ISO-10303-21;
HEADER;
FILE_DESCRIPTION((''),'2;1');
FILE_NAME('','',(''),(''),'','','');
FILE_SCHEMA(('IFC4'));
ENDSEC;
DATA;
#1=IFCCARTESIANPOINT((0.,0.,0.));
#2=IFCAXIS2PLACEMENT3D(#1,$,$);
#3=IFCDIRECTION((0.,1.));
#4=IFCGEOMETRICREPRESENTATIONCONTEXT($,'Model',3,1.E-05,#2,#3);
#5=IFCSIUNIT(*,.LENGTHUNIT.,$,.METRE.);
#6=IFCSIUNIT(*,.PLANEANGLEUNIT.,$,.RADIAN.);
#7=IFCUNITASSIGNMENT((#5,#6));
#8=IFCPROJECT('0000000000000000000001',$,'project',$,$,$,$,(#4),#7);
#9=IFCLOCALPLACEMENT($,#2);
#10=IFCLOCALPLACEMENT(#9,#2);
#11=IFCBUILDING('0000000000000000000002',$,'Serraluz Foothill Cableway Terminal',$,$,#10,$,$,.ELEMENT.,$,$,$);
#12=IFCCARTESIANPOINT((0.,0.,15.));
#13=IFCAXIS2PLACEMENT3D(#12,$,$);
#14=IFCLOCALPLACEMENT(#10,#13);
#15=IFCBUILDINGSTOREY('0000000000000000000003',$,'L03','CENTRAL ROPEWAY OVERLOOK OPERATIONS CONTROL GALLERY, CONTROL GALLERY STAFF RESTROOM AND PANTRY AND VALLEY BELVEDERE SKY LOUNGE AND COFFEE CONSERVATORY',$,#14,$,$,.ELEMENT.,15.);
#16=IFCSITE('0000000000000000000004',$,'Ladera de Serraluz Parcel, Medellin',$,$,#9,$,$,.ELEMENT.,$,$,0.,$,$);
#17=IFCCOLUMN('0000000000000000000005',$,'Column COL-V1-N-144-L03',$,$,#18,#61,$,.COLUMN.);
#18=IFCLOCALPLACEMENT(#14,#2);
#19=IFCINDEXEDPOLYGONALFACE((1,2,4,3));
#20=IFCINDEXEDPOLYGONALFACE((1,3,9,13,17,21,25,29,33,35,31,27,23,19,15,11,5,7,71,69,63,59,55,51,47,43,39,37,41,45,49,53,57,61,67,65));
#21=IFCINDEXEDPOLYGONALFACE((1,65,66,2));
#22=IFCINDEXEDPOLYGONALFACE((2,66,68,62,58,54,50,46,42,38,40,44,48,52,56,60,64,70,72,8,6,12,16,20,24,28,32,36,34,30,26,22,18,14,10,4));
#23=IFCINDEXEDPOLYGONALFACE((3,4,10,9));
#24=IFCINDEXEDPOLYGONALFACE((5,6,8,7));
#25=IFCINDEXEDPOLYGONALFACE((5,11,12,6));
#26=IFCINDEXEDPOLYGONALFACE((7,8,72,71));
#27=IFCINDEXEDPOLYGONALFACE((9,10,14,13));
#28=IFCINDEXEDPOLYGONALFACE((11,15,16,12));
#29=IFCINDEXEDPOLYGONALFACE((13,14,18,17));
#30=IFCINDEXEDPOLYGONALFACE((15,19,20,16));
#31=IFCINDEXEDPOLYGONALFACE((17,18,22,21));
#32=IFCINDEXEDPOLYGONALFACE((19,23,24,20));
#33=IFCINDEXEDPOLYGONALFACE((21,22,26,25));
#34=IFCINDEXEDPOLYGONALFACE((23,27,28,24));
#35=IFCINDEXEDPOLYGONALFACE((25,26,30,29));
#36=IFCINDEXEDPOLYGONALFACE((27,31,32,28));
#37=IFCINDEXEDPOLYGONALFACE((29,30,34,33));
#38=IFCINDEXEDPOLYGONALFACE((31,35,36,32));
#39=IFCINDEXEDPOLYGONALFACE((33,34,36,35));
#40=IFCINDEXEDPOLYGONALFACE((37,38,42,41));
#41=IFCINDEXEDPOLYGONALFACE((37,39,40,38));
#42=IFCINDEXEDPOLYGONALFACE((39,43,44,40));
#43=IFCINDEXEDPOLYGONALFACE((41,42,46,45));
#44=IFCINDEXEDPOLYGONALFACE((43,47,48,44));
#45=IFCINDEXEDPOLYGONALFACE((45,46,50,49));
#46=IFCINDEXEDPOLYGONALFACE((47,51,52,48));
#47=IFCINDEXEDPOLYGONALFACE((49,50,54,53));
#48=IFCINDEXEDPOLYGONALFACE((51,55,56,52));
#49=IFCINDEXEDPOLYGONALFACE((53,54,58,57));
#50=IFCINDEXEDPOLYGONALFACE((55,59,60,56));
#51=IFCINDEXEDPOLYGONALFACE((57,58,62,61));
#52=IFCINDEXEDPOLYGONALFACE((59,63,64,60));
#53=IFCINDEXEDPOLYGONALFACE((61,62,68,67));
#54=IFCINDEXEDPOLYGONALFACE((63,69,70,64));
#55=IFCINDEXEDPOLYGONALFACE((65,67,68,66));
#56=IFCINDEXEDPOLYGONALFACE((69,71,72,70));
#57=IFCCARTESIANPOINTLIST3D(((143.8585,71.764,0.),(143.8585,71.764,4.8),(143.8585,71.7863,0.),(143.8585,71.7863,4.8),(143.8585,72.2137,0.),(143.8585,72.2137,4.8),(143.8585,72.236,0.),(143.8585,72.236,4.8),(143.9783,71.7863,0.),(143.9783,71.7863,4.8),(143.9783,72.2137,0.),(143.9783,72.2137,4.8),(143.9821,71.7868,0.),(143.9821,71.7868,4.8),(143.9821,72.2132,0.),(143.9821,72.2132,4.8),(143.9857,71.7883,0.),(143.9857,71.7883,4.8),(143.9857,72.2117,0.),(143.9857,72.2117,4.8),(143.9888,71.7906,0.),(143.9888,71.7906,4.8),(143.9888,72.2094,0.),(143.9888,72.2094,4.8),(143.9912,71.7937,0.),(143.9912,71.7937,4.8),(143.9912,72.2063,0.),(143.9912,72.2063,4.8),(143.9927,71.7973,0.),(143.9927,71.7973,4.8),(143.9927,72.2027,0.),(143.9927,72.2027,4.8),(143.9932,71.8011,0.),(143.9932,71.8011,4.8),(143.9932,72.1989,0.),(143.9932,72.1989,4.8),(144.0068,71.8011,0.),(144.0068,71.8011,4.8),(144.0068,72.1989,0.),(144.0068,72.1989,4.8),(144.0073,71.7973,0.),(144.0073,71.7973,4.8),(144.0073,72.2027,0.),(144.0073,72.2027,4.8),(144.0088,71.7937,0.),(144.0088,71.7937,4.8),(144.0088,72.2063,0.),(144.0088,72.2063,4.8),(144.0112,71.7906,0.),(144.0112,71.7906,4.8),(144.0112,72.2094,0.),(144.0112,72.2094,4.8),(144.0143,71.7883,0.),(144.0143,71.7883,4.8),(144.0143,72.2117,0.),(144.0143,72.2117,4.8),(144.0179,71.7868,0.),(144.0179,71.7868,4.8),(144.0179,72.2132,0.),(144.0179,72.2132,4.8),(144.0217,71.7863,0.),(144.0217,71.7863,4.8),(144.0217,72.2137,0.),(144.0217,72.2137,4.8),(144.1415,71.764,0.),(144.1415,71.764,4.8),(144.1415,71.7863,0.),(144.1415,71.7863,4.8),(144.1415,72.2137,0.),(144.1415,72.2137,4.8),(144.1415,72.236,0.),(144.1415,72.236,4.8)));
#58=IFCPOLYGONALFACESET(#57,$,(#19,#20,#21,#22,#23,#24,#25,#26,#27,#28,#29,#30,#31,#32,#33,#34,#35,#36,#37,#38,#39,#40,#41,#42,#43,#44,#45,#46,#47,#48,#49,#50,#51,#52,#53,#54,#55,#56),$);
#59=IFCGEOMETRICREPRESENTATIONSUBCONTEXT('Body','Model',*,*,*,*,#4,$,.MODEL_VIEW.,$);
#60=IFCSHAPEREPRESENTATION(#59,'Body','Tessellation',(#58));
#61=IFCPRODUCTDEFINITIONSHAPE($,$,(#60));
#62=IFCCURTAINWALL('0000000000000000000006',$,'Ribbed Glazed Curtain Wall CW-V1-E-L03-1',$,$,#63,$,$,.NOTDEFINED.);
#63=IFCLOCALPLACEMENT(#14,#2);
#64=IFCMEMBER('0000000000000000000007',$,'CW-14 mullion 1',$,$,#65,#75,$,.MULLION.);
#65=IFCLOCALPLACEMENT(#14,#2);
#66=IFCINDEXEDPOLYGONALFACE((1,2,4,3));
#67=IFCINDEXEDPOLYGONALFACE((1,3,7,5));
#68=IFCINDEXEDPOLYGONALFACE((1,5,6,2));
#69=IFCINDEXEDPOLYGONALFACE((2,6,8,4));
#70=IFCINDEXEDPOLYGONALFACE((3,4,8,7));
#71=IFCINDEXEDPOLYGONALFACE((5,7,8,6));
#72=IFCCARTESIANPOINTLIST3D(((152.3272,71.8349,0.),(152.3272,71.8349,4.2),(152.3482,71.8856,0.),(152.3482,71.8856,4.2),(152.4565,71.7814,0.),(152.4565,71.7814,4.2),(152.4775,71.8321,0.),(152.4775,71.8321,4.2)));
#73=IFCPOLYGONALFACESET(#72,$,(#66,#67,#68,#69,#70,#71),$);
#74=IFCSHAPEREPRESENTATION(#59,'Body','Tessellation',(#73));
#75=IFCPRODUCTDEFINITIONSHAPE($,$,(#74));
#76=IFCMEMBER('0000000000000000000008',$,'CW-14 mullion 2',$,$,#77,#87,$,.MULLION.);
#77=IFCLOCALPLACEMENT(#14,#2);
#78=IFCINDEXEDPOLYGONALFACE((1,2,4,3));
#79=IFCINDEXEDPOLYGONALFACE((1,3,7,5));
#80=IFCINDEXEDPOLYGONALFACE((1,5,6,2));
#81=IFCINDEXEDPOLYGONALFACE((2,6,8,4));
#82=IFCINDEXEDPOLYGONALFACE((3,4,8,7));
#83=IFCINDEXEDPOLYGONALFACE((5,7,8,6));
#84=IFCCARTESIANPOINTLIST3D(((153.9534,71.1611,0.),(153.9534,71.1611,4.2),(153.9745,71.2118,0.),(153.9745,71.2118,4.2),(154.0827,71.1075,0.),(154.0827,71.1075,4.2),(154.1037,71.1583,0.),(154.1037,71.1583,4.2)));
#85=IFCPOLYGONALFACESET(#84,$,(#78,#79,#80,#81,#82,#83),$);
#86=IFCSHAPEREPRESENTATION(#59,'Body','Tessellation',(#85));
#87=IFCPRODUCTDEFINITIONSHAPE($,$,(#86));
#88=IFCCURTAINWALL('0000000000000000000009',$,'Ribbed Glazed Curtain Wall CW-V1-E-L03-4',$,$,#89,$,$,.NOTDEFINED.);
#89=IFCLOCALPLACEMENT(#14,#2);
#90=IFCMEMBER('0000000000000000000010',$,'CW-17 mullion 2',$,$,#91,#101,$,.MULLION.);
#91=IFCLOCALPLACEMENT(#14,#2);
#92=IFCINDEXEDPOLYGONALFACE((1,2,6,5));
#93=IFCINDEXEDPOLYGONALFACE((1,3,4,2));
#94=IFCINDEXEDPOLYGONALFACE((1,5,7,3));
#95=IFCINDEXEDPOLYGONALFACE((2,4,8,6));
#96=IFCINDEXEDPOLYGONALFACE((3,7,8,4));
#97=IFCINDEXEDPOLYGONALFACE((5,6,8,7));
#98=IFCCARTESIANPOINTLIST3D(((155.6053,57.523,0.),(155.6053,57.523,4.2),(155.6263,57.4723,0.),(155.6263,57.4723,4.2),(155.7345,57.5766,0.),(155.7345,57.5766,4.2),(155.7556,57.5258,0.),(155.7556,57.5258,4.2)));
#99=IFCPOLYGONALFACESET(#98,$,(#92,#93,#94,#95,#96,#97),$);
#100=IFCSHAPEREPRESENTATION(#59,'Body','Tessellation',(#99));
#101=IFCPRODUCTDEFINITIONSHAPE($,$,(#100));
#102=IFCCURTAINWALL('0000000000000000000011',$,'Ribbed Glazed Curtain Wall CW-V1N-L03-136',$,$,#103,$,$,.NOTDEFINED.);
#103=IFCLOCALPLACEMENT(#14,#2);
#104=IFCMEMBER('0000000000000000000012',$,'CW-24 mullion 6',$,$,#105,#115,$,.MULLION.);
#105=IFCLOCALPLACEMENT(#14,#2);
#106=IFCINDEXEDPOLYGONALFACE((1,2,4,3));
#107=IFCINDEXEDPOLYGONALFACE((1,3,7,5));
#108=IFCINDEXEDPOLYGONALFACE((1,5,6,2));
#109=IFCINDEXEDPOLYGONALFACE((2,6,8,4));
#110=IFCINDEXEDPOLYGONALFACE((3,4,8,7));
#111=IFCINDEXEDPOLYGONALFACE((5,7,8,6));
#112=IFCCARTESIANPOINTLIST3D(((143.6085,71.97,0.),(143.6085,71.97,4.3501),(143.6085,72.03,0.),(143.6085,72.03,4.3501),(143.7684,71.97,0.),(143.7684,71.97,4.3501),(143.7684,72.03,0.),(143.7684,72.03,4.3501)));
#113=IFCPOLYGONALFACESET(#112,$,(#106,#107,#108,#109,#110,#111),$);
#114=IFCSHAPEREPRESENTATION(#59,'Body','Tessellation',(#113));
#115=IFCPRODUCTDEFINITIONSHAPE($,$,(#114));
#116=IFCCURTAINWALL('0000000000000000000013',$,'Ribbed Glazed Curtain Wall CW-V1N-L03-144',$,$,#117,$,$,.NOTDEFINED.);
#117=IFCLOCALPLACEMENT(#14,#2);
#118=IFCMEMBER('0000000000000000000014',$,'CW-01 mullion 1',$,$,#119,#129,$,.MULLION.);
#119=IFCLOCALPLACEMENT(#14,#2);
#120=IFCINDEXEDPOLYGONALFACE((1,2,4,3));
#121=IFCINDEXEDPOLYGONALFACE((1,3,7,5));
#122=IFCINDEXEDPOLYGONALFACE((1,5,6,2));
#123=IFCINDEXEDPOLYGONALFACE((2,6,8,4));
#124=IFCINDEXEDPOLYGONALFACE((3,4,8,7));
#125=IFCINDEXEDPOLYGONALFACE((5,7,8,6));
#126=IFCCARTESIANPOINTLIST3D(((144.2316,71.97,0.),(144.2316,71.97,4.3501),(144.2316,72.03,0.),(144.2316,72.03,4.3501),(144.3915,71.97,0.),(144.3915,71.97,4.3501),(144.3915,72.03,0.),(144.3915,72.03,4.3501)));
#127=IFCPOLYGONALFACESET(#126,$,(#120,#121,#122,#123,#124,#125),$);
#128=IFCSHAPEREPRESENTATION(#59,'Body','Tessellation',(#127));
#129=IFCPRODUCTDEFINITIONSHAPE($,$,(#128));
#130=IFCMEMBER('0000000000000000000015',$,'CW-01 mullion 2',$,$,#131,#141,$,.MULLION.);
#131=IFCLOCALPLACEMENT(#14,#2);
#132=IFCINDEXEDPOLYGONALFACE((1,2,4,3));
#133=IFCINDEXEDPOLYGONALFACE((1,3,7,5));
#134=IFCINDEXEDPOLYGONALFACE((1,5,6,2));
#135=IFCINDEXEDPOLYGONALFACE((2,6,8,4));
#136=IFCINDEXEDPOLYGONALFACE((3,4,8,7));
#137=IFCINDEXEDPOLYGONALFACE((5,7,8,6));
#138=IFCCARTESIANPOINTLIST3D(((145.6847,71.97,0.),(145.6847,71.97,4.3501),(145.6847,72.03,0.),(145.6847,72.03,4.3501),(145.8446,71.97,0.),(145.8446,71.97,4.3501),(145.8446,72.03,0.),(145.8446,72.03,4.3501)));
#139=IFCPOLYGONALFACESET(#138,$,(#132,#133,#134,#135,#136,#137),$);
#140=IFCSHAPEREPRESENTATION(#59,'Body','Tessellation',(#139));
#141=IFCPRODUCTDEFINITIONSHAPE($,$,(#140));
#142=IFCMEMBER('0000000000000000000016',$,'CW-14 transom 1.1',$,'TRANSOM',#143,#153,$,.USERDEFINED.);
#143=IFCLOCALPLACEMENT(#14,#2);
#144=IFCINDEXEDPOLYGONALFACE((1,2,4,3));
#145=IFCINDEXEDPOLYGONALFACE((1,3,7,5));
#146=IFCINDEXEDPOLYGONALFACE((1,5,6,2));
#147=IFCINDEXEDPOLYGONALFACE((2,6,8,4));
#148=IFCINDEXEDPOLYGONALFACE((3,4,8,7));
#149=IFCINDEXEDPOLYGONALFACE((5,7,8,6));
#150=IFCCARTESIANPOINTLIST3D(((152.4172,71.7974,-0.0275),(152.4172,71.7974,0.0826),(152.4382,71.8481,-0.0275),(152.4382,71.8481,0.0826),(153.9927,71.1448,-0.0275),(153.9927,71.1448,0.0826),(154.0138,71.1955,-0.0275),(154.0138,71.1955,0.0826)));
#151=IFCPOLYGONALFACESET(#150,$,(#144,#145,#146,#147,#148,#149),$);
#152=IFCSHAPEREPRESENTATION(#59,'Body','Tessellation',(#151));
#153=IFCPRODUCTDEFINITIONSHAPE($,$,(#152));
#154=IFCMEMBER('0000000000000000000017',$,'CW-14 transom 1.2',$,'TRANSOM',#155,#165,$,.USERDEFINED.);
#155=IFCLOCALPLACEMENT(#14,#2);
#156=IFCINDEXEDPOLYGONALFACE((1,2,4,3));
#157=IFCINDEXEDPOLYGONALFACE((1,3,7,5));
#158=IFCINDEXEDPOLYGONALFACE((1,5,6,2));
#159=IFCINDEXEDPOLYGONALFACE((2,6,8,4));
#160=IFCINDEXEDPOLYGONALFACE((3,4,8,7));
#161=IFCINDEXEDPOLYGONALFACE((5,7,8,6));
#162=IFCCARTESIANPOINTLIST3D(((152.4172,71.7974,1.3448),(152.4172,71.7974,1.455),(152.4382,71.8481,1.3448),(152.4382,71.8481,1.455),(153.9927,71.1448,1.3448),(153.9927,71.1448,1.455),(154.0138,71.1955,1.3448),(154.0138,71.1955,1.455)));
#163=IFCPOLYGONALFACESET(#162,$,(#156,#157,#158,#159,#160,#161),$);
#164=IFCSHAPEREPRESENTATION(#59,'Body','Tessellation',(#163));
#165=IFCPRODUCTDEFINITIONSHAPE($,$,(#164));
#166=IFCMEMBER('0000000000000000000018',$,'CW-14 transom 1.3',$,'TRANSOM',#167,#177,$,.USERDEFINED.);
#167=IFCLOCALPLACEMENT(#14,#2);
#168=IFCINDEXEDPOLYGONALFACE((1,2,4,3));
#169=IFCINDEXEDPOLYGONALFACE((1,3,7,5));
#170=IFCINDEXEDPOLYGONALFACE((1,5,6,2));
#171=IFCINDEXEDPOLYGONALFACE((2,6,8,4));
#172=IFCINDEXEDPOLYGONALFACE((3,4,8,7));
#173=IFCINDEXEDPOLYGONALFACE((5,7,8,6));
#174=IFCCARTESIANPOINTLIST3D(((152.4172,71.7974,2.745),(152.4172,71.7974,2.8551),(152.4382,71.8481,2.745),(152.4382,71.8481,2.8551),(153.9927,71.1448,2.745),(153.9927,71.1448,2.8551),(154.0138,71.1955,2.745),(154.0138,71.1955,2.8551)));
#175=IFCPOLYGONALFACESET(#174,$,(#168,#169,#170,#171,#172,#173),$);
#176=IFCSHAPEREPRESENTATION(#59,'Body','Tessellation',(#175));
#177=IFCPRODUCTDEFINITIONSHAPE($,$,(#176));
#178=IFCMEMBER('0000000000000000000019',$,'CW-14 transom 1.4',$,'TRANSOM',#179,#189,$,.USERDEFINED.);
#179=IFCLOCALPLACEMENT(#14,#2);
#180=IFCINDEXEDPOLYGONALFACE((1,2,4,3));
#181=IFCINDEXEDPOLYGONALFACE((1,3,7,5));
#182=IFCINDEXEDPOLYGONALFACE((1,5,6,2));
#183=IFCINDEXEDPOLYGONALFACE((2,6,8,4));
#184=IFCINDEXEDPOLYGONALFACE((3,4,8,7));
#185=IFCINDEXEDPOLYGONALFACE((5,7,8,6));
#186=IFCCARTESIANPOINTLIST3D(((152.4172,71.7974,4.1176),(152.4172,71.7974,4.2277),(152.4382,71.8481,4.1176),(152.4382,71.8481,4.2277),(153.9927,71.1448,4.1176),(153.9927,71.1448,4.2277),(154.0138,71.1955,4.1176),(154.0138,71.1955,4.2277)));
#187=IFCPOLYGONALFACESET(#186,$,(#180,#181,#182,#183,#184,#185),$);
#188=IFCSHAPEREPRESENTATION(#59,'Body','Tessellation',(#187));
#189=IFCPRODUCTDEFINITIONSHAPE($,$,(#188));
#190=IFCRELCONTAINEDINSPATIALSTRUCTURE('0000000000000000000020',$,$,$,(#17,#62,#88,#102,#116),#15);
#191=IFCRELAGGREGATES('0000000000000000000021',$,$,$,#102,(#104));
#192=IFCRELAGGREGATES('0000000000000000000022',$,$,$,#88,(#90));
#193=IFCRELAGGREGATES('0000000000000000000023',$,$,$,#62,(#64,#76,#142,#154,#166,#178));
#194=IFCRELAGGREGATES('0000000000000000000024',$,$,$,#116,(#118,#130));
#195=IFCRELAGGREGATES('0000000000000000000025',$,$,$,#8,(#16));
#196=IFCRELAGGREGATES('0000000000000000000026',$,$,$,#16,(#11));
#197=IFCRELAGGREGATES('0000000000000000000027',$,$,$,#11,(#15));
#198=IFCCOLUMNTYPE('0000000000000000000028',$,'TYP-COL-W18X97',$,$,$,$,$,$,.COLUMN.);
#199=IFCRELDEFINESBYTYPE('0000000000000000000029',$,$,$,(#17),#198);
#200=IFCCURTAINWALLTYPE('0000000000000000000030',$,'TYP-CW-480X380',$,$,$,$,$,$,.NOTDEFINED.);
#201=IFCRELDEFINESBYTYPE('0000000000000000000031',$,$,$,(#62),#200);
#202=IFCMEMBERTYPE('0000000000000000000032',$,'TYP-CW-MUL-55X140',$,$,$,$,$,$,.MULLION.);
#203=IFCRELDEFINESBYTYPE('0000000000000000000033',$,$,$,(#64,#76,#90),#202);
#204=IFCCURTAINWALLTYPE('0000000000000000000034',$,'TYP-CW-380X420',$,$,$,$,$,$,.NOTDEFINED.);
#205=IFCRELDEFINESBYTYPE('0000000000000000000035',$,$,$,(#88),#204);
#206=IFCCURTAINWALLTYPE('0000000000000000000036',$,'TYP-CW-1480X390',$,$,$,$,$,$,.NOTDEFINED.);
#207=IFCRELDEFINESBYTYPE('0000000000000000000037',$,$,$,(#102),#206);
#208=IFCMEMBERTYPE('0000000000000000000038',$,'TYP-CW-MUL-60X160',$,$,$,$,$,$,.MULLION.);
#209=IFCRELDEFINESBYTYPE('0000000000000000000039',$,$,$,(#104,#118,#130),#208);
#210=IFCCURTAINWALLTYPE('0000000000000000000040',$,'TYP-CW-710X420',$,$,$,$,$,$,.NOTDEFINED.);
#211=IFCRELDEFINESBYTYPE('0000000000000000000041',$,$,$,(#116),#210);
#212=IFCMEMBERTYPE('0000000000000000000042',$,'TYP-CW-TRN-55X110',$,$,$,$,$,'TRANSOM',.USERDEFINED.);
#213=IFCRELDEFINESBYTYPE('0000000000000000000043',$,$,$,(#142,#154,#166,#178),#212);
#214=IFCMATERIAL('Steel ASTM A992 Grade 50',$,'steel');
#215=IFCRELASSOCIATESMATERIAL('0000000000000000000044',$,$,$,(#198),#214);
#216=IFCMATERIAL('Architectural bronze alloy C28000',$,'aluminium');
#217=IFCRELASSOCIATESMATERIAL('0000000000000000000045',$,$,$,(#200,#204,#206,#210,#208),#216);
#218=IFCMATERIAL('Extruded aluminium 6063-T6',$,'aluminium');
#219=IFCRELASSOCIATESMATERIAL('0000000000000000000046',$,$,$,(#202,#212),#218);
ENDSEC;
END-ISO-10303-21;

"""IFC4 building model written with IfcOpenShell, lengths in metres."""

from ifc_helpers import new_model, si_unit, direction, frame, origin, origin_2d, place, context, subcontext, project, spatial, rectangle, i_section, extrude, material, material_profile, profile_set, type_object, element, aggregate, save


model = new_model("IFC4")

# Units and contexts
model_context = context("Model", 3, precision=1e-05, world=origin(), true_north=direction((0.0, 1.0)))
body_context = subcontext(model_context, "Body", "Model", "MODEL_VIEW")
ifc_project = project(units=[si_unit("LENGTHUNIT", "METRE"), si_unit("PLANEANGLEUNIT", "RADIAN")], contexts=[model_context])

# Site, building, storey
site_placement = place(None, origin())
site = spatial("IfcSite", under=ifc_project, at=site_placement, Name="Ladera de Serraluz Parcel, Medellin", CompositionType="ELEMENT", RefElevation=0.0)
building_placement = place(site_placement, origin())
building = spatial("IfcBuilding", under=site, at=building_placement, Name="Serraluz Foothill Cableway Terminal", CompositionType="ELEMENT")
storey_placement = place(building_placement, frame((0.0, 0.0, 15.0)))
storey = spatial("IfcBuildingStorey", under=building, at=storey_placement, Name="L03", Description="CENTRAL ROPEWAY OVERLOOK OPERATIONS CONTROL GALLERY, CONTROL GALLERY STAFF RESTROOM AND PANTRY AND VALLEY BELVEDERE SKY LOUNGE AND COFFEE CONSERVATORY", CompositionType="ELEMENT", Elevation=15.0)

# Column
ifc_material_1 = material(Name="Steel ASTM A992 Grade 50", Category="steel")
ifc_material_profile_1 = material_profile(ifc_material_1, i_section(OverallWidth=0.283, OverallDepth=0.4719, WebThickness=0.0137, FlangeThickness=0.0222, FilletRadius=0.0149, at=origin_2d()), Name="W18X97")
ifc_profile_set_1 = profile_set([ifc_material_profile_1], Name="Steel ASTM A992 Grade 50")
column_type = type_object("IfcColumnType", Name="TYP-COL-W18X97", PredefinedType="COLUMN", material=ifc_profile_set_1)
column_placement = place(storey_placement, frame((144.0, 72.0, 0.0), z_axis=(0.0, 0.0, 1.0), x_axis=(1.0, 0.0, 0.0)))
element("IfcColumn", 1, at=column_placement, inside=storey, type_object=column_type, Name="Column COL-V1-N-144-L03", PredefinedType="COLUMN", context=body_context, shape_type="SweptSolid", body=[
    extrude(i_section(OverallWidth=0.283, OverallDepth=0.4719, WebThickness=0.0137, FlangeThickness=0.0222, FilletRadius=0.0149, at=origin_2d()), origin(), (0.0, 0.0, 1.0), 4.8),
])

# Curtain wall, members
ifc_material_2 = material(Name="Architectural bronze alloy C28000", Category="aluminium")
curtain_wall_type_1 = type_object("IfcCurtainWallType", Name="TYP-CW-480X380", PredefinedType="NOTDEFINED", material=ifc_material_2)
curtain_wall_1_placement = place(storey_placement, origin())
curtain_wall_1 = element("IfcCurtainWall", 2, at=curtain_wall_1_placement, inside=storey, type_object=curtain_wall_type_1, Name="Ribbed Glazed Curtain Wall CW-V1-E-L03-1", PredefinedType="NOTDEFINED")
ifc_material_3 = material(Name="Extruded aluminium 6063-T6", Category="aluminium")
ifc_material_profile_2 = material_profile(ifc_material_3, rectangle(XDim=0.0549, YDim=0.1399, at=origin_2d()), Name="ALU MULLION 55x140")
ifc_profile_set_2 = profile_set([ifc_material_profile_2], Name="Extruded aluminium 6063-T6")
member_type_1 = type_object("IfcMemberType", Name="TYP-CW-MUL-55X140", PredefinedType="MULLION", material=ifc_profile_set_2)
member_1_placement = place(storey_placement, frame((152.4023, 71.8335, 0.0), z_axis=(0.0, 0.0, 1.0), x_axis=(0.382682, 0.92388, 0.0)))
member_1 = element("IfcMember", 3, at=member_1_placement, type_object=member_type_1, Name="CW-14 mullion 1", PredefinedType="MULLION", context=body_context, shape_type="SweptSolid", body=[
    extrude(rectangle(XDim=0.0549, YDim=0.1399, at=origin_2d()), origin(), (0.0, 0.0, 1.0), 4.2),
])
member_2_placement = place(storey_placement, frame((154.0286, 71.1597, 0.0), z_axis=(0.0, 0.0, 1.0), x_axis=(0.382682, 0.92388, 0.0)))
member_2 = element("IfcMember", 4, at=member_2_placement, type_object=member_type_1, Name="CW-14 mullion 2", PredefinedType="MULLION", context=body_context, shape_type="SweptSolid", body=[
    extrude(rectangle(XDim=0.0549, YDim=0.1399, at=origin_2d()), origin(), (0.0, 0.0, 1.0), 4.2),
])

# Curtain walls, members
curtain_wall_type_2 = type_object("IfcCurtainWallType", Name="TYP-CW-380X420", PredefinedType="NOTDEFINED", material=ifc_material_2)
curtain_wall_2_placement = place(storey_placement, origin())
curtain_wall_2 = element("IfcCurtainWall", 5, at=curtain_wall_2_placement, inside=storey, type_object=curtain_wall_type_2, Name="Ribbed Glazed Curtain Wall CW-V1-E-L03-4", PredefinedType="NOTDEFINED")
member_3_placement = place(storey_placement, frame((155.6804, 57.5244, 0.0), z_axis=(0.0, 0.0, 1.0), x_axis=(0.382682, -0.92388, 0.0)))
member_3 = element("IfcMember", 6, at=member_3_placement, type_object=member_type_1, Name="CW-17 mullion 2", PredefinedType="MULLION", context=body_context, shape_type="SweptSolid", body=[
    extrude(rectangle(XDim=0.0549, YDim=0.1399, at=origin_2d()), origin(), (0.0, 0.0, 1.0), 4.2),
])
curtain_wall_type_3 = type_object("IfcCurtainWallType", Name="TYP-CW-1480X390", PredefinedType="NOTDEFINED", material=ifc_material_2)
curtain_wall_3_placement = place(storey_placement, origin())
curtain_wall_3 = element("IfcCurtainWall", 7, at=curtain_wall_3_placement, inside=storey, type_object=curtain_wall_type_3, Name="Ribbed Glazed Curtain Wall CW-V1N-L03-136", PredefinedType="NOTDEFINED")
ifc_material_profile_3 = material_profile(ifc_material_2, rectangle(XDim=0.0601, YDim=0.1599, at=origin_2d()), Name="ALU MULLION 60x160")
ifc_profile_set_3 = profile_set([ifc_material_profile_3], Name="Architectural bronze alloy C28000")
member_type_2 = type_object("IfcMemberType", Name="TYP-CW-MUL-60X160", PredefinedType="MULLION", material=ifc_profile_set_3)
member_4_placement = place(storey_placement, frame((143.6885, 72.0, 0.0), z_axis=(0.0, 0.0, 1.0), x_axis=(0.0, 1.0, 0.0)))
member_4 = element("IfcMember", 8, at=member_4_placement, type_object=member_type_2, Name="CW-24 mullion 6", PredefinedType="MULLION", context=body_context, shape_type="SweptSolid", body=[
    extrude(rectangle(XDim=0.0601, YDim=0.1599, at=origin_2d()), origin(), (0.0, 0.0, 1.0), 4.3501),
])
aggregate(curtain_wall_3, [member_4])

# Curtain wall, members
curtain_wall_type_4 = type_object("IfcCurtainWallType", Name="TYP-CW-710X420", PredefinedType="NOTDEFINED", material=ifc_material_2)
curtain_wall_4_placement = place(storey_placement, origin())
curtain_wall_4 = element("IfcCurtainWall", 9, at=curtain_wall_4_placement, inside=storey, type_object=curtain_wall_type_4, Name="Ribbed Glazed Curtain Wall CW-V1N-L03-144", PredefinedType="NOTDEFINED")
member_5_placement = place(storey_placement, frame((144.3115, 72.0, 0.0), z_axis=(0.0, 0.0, 1.0), x_axis=(0.0, 1.0, 0.0)))
member_5 = element("IfcMember", 10, at=member_5_placement, type_object=member_type_2, Name="CW-01 mullion 1", PredefinedType="MULLION", context=body_context, shape_type="SweptSolid", body=[
    extrude(rectangle(XDim=0.0601, YDim=0.1599, at=origin_2d()), origin(), (0.0, 0.0, 1.0), 4.3501),
])
member_6_placement = place(storey_placement, frame((145.7646, 72.0, 0.0), z_axis=(0.0, 0.0, 1.0), x_axis=(0.0, 1.0, 0.0)))
member_6 = element("IfcMember", 11, at=member_6_placement, type_object=member_type_2, Name="CW-01 mullion 2", PredefinedType="MULLION", context=body_context, shape_type="SweptSolid", body=[
    extrude(rectangle(XDim=0.0601, YDim=0.1599, at=origin_2d()), origin(), (0.0, 0.0, 1.0), 4.3501),
])

# Members
ifc_material_profile_4 = material_profile(ifc_material_3, rectangle(XDim=0.0549, YDim=0.1101, at=origin_2d()), Name="ALU TRANSOM 55x110")
ifc_profile_set_4 = profile_set([ifc_material_profile_4], Name="Extruded aluminium 6063-T6")
member_type_3 = type_object("IfcMemberType", Name="TYP-CW-TRN-55X110", ElementType="TRANSOM", PredefinedType="USERDEFINED", material=ifc_profile_set_4)
member_7_placement = place(storey_placement, frame((152.4277, 71.8228, 0.0276), z_axis=(0.923875, -0.382693, 0.0), x_axis=(0.382693, 0.923875, 0.0)))
member_7 = element("IfcMember", 12, at=member_7_placement, type_object=member_type_3, Name="CW-14 transom 1.1", ObjectType="TRANSOM", PredefinedType="USERDEFINED", context=body_context, shape_type="SweptSolid", body=[
    extrude(rectangle(XDim=0.0549, YDim=0.1101, at=origin_2d()), origin(), (0.0, 0.0, 1.0), 1.7053),
])
member_8_placement = place(storey_placement, frame((152.4277, 71.8228, 1.3999), z_axis=(0.923875, -0.382693, 0.0), x_axis=(0.382693, 0.923875, 0.0)))
member_8 = element("IfcMember", 13, at=member_8_placement, type_object=member_type_3, Name="CW-14 transom 1.2", ObjectType="TRANSOM", PredefinedType="USERDEFINED", context=body_context, shape_type="SweptSolid", body=[
    extrude(rectangle(XDim=0.0549, YDim=0.1101, at=origin_2d()), origin(), (0.0, 0.0, 1.0), 1.7053),
])
member_9_placement = place(storey_placement, frame((152.4277, 71.8228, 2.8), z_axis=(0.923875, -0.382693, 0.0), x_axis=(0.382693, 0.923875, 0.0)))
member_9 = element("IfcMember", 14, at=member_9_placement, type_object=member_type_3, Name="CW-14 transom 1.3", ObjectType="TRANSOM", PredefinedType="USERDEFINED", context=body_context, shape_type="SweptSolid", body=[
    extrude(rectangle(XDim=0.0549, YDim=0.1101, at=origin_2d()), origin(), (0.0, 0.0, 1.0), 1.7053),
])
member_10_placement = place(storey_placement, frame((152.4277, 71.8228, 4.1726), z_axis=(0.923875, -0.382693, 0.0), x_axis=(0.382693, 0.923875, 0.0)))
member_10 = element("IfcMember", 15, at=member_10_placement, type_object=member_type_3, Name="CW-14 transom 1.4", ObjectType="TRANSOM", PredefinedType="USERDEFINED", context=body_context, shape_type="SweptSolid", body=[
    extrude(rectangle(XDim=0.0549, YDim=0.1101, at=origin_2d()), origin(), (0.0, 0.0, 1.0), 1.7053),
])
aggregate(curtain_wall_2, [member_3])

aggregate(curtain_wall_1, [member_1, member_2, member_7, member_8, member_9, member_10])
aggregate(curtain_wall_4, [member_5, member_6])

save(model, "model.ifc")
